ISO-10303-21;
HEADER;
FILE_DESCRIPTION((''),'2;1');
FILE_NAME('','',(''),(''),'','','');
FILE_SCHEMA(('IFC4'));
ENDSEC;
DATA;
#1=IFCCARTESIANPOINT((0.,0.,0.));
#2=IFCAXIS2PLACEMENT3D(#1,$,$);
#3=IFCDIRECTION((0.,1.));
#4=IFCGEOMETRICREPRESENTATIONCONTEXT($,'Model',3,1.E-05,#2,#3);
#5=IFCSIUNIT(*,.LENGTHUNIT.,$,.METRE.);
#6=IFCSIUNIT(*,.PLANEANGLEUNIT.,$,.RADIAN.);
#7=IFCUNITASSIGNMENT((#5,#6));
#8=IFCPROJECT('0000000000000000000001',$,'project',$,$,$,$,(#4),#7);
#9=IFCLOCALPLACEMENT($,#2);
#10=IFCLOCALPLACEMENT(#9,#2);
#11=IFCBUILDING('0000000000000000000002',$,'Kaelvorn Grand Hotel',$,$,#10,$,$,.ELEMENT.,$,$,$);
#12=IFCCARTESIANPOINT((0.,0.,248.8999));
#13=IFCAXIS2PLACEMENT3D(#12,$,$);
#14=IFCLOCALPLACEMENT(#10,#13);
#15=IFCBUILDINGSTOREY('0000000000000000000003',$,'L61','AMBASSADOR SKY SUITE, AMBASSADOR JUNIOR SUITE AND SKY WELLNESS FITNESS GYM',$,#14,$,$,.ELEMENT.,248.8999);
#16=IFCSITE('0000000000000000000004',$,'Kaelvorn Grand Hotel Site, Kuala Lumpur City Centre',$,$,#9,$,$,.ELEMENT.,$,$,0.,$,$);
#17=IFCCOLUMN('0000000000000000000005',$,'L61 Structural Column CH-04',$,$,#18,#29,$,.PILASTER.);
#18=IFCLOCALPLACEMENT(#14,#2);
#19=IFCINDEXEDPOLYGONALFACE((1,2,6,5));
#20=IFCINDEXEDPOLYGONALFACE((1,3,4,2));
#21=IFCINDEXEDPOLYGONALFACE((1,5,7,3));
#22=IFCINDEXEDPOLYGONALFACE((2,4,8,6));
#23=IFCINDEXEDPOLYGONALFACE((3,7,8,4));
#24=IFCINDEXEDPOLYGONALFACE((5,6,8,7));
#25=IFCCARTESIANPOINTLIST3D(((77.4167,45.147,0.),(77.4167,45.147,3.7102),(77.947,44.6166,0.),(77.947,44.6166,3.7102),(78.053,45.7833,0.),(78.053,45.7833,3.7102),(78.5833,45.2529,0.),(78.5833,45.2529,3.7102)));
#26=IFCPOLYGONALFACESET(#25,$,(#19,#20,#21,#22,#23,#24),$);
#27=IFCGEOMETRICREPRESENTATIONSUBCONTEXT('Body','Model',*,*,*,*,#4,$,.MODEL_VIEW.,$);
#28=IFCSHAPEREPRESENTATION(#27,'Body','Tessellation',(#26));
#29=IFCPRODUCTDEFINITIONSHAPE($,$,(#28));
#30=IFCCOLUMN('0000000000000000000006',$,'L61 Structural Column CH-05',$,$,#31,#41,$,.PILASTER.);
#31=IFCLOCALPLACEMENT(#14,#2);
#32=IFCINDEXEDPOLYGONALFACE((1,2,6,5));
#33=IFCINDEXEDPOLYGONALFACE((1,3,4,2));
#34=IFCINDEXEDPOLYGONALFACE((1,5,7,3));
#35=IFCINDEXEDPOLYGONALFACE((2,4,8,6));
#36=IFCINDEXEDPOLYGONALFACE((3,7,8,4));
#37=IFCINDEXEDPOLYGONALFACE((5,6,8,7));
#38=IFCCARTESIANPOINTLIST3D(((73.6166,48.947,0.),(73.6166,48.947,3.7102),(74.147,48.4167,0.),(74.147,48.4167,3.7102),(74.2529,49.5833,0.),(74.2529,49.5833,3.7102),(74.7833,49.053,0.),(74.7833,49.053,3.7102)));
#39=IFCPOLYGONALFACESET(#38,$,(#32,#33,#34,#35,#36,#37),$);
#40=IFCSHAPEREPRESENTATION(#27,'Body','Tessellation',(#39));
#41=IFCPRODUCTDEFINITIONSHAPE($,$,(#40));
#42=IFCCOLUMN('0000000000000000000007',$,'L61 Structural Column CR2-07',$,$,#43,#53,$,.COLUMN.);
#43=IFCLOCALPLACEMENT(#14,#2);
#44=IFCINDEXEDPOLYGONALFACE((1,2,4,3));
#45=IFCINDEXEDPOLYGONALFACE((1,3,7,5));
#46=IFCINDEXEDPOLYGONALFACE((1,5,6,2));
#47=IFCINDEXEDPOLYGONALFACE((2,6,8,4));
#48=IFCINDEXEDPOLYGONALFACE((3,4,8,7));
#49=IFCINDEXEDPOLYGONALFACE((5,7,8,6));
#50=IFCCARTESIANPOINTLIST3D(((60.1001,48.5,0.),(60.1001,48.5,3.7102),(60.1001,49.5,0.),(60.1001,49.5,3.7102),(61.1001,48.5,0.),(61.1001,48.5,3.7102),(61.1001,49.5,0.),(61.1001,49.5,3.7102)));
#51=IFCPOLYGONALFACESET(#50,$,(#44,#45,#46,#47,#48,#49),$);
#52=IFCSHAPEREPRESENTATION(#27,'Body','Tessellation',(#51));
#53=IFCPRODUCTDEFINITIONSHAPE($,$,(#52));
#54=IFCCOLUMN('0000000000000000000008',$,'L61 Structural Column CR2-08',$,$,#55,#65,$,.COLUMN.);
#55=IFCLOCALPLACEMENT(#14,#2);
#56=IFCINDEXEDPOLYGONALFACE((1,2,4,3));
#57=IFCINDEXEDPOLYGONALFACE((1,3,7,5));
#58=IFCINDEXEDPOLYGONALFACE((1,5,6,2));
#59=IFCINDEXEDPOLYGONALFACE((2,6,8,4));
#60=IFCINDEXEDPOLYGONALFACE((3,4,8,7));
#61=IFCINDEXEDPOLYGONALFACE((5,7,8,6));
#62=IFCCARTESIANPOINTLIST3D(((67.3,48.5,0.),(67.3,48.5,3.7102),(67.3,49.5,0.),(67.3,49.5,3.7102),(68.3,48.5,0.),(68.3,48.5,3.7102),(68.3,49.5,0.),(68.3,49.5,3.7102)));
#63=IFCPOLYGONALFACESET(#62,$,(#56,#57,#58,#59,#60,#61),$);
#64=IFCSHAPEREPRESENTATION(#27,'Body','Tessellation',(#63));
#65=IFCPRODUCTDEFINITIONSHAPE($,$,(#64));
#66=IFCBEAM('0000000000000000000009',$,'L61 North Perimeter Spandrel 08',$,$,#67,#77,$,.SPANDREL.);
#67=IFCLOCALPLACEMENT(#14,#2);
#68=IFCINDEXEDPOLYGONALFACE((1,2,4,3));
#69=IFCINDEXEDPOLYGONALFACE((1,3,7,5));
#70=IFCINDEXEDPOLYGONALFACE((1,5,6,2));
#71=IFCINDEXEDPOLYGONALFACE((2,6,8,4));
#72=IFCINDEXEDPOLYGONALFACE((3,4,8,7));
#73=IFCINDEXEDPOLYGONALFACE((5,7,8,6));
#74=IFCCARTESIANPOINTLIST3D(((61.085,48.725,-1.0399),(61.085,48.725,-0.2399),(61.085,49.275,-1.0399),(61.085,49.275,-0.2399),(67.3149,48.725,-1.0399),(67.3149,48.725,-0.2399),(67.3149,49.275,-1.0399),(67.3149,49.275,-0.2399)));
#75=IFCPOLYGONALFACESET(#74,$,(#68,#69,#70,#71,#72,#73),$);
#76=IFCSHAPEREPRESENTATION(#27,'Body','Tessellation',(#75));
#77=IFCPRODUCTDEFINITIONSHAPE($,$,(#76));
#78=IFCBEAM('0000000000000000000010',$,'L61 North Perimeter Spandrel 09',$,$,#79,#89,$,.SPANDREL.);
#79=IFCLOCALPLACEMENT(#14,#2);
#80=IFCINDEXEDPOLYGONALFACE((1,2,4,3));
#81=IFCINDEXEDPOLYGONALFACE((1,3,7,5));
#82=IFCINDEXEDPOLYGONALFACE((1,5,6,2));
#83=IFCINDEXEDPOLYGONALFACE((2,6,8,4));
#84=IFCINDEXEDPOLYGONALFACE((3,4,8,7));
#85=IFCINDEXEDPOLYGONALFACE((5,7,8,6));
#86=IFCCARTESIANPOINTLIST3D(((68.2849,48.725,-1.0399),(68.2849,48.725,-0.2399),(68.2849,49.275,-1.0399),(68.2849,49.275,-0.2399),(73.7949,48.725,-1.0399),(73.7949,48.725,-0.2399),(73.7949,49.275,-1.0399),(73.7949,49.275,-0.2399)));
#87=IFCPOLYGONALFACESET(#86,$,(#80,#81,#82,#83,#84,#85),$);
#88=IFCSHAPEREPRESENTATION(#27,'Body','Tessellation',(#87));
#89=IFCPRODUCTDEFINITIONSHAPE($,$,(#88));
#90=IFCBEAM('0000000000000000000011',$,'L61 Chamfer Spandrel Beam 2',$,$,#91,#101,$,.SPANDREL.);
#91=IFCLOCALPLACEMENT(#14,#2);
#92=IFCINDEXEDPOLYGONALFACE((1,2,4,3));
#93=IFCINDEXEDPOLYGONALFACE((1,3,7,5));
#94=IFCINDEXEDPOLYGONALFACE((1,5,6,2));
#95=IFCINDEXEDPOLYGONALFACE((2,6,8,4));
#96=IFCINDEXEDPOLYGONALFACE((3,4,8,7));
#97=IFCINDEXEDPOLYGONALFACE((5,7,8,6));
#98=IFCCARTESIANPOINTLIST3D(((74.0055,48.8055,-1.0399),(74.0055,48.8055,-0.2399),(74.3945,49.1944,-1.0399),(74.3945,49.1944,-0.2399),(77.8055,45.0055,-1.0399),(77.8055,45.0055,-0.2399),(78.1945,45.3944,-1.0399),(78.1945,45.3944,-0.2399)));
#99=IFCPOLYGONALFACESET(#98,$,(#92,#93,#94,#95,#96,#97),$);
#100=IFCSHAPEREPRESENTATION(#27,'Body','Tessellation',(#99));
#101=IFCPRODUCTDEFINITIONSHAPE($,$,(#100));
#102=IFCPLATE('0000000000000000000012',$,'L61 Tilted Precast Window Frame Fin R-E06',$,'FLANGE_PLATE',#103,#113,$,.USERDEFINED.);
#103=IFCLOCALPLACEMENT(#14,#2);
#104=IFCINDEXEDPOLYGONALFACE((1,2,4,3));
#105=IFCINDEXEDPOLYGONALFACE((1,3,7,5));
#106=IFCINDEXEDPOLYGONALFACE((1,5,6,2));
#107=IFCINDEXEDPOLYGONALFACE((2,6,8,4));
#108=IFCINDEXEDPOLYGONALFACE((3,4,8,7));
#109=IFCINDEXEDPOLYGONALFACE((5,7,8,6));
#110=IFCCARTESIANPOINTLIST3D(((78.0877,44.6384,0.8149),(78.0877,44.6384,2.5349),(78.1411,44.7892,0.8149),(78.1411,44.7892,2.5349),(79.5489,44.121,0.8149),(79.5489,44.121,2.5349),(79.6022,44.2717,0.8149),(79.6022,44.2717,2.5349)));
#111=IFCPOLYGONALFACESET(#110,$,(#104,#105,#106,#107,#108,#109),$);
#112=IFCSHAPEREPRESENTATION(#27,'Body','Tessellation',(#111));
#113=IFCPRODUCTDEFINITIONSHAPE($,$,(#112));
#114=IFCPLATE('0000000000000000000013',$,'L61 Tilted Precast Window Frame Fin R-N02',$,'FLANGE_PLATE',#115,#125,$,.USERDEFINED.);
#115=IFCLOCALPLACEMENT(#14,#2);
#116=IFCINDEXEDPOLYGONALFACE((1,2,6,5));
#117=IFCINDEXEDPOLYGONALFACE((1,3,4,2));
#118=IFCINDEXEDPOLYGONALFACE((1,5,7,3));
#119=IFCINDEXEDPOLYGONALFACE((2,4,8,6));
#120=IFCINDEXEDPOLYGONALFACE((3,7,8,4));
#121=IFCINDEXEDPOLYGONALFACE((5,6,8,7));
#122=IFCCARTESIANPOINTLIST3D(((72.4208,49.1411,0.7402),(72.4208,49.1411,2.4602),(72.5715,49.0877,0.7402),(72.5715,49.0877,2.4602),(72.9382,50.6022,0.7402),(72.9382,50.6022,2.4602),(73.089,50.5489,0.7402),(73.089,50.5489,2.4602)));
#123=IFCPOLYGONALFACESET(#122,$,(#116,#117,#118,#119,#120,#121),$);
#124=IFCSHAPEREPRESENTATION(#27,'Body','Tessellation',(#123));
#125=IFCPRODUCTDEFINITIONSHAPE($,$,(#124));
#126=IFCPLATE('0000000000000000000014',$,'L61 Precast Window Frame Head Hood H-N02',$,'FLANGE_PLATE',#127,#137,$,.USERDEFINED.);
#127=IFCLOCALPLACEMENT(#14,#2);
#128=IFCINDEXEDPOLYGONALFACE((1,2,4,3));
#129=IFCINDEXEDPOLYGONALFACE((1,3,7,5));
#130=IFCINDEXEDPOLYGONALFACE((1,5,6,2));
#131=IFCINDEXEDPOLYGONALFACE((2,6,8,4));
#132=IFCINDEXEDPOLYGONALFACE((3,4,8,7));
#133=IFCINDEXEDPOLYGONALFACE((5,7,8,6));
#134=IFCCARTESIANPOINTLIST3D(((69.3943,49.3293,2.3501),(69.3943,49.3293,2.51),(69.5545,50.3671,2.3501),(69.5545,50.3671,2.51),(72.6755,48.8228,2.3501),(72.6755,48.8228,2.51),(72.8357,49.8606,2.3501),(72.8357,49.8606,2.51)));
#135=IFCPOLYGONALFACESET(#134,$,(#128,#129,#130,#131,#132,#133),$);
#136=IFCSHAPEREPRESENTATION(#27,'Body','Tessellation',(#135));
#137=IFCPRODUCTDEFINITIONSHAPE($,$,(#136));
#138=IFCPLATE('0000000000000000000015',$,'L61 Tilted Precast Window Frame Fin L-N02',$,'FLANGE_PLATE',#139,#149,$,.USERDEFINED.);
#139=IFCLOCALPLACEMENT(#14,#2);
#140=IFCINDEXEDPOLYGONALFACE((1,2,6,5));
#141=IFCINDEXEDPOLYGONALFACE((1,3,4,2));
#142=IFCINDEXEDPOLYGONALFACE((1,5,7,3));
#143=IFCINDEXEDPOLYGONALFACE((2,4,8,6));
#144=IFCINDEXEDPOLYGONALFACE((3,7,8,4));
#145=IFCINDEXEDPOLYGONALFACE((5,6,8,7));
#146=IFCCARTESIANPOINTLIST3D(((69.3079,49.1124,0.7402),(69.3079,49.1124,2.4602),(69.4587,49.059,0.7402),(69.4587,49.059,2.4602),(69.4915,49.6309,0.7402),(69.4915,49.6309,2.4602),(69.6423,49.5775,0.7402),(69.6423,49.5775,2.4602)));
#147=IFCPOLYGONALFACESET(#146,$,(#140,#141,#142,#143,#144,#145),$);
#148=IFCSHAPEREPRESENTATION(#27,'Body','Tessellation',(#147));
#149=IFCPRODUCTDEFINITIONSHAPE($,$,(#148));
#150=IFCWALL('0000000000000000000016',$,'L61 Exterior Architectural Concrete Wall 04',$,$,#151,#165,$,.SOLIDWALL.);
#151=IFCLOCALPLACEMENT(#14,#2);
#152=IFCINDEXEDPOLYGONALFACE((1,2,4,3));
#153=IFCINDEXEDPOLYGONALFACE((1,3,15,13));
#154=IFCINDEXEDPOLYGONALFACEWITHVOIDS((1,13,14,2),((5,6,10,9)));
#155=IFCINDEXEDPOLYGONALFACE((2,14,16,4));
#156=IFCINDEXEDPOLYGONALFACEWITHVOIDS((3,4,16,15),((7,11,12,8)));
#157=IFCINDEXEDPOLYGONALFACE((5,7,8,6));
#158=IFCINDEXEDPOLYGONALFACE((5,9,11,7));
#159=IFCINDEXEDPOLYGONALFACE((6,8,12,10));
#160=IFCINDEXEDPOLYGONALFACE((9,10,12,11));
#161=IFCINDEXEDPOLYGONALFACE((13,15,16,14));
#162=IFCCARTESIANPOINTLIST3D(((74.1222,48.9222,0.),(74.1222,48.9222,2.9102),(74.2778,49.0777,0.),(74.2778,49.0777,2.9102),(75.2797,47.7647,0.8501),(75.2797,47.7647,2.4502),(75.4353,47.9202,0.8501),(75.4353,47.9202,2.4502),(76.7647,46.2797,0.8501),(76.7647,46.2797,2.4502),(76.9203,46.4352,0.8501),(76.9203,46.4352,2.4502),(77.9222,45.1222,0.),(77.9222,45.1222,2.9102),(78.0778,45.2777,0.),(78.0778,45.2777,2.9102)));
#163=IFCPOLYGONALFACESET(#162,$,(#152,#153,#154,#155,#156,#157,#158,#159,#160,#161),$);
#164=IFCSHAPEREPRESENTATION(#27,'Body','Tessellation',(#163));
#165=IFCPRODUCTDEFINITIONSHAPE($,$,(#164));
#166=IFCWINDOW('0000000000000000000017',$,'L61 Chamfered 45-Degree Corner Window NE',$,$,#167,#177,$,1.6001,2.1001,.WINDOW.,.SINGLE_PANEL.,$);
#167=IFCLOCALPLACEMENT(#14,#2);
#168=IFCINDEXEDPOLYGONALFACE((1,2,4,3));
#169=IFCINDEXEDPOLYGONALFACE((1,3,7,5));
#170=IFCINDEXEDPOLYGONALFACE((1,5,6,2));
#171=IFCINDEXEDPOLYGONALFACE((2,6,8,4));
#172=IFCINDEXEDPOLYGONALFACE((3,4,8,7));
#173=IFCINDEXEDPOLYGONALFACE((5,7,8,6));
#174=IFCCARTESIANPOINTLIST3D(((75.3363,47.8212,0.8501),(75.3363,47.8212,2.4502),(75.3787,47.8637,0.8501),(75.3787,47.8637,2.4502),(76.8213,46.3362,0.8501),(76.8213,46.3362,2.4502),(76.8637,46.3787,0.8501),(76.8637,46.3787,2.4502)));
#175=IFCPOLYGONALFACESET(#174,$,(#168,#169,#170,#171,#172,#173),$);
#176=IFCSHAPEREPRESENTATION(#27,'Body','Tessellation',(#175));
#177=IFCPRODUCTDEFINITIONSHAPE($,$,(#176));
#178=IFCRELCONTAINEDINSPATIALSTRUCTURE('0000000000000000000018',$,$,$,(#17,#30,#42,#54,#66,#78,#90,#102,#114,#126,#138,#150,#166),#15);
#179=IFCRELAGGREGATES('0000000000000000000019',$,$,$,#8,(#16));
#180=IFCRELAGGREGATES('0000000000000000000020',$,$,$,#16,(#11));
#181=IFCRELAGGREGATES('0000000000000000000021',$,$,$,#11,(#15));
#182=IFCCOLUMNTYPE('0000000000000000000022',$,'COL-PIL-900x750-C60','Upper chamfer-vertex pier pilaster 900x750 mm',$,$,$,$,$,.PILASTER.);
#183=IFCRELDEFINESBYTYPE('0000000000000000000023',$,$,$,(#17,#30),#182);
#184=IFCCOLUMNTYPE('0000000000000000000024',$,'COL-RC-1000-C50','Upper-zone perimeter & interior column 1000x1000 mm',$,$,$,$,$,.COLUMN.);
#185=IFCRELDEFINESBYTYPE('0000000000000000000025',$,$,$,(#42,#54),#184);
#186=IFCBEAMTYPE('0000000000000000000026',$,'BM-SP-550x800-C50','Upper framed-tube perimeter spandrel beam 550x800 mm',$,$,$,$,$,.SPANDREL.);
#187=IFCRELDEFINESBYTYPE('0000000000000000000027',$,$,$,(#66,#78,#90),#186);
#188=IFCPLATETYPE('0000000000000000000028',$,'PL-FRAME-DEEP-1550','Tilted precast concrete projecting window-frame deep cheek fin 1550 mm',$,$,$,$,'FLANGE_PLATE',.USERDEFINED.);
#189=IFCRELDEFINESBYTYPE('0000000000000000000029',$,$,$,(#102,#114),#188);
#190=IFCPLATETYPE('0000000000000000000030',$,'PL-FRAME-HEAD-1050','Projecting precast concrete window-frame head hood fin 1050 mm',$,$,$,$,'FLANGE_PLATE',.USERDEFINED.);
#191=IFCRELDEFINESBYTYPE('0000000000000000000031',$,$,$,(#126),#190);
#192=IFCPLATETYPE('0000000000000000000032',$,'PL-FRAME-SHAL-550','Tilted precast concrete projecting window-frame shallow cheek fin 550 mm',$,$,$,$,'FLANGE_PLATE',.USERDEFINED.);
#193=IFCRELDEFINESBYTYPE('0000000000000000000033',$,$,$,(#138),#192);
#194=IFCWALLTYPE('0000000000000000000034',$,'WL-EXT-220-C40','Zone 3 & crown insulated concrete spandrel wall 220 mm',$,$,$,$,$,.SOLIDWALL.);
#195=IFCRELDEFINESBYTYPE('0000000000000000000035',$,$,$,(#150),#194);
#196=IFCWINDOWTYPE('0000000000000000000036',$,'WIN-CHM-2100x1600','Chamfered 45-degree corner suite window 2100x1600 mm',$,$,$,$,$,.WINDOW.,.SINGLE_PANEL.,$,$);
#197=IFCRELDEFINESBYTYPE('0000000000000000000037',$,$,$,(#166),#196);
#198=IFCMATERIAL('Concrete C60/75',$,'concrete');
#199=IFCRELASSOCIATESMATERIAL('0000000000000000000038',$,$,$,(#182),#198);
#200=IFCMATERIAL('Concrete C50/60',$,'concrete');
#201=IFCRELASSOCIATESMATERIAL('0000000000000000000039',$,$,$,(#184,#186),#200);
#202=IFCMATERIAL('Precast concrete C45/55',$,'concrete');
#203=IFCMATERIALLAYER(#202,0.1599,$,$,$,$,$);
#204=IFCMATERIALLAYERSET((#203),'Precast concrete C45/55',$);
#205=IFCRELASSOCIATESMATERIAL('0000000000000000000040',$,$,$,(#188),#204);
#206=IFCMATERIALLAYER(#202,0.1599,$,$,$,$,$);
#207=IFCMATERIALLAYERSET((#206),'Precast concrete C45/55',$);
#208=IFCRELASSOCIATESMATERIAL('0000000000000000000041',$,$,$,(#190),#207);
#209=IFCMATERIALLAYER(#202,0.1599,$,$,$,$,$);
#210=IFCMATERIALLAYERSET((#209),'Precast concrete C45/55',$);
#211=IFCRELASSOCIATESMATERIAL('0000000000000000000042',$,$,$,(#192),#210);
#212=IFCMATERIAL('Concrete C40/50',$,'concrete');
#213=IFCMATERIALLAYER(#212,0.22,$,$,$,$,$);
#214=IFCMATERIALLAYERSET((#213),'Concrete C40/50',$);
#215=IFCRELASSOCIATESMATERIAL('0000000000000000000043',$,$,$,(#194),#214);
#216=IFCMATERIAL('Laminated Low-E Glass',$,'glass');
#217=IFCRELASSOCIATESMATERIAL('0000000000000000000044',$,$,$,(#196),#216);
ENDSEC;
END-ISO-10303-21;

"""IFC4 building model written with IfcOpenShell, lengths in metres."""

from ifc_helpers import new_model, si_unit, direction, frame, frame_2d, origin, origin_2d, place, context, subcontext, project, spatial, rectangle, extrude, material, layer, layer_set, material_profile, profile_set, type_object, element, fill, save


model = new_model("IFC4")

# Units and contexts
model_context = context("Model", 3, precision=1e-05, world=origin(), true_north=direction((0.0, 1.0)))
body_context = subcontext(model_context, "Body", "Model", "MODEL_VIEW")
ifc_project = project(units=[si_unit("LENGTHUNIT", "METRE"), si_unit("PLANEANGLEUNIT", "RADIAN")], contexts=[model_context])

# Site, building, storey
site_placement = place(None, origin())
site = spatial("IfcSite", under=ifc_project, at=site_placement, Name="Kaelvorn Grand Hotel Site, Kuala Lumpur City Centre", CompositionType="ELEMENT", RefElevation=0.0)
building_placement = place(site_placement, origin())
building = spatial("IfcBuilding", under=site, at=building_placement, Name="Kaelvorn Grand Hotel", CompositionType="ELEMENT")
storey_placement = place(building_placement, frame((0.0, 0.0, 248.8999)))
storey = spatial("IfcBuildingStorey", under=building, at=storey_placement, Name="L61", Description="AMBASSADOR SKY SUITE, AMBASSADOR JUNIOR SUITE AND SKY WELLNESS FITNESS GYM", CompositionType="ELEMENT", Elevation=248.8999)

# Columns
ifc_material_1 = material(Name="Concrete C60/75", Category="concrete")
ifc_material_profile_1 = material_profile(ifc_material_1, rectangle(XDim=0.8999, YDim=0.75, at=origin_2d()), Name="RC PILASTER 900x750")
ifc_profile_set_1 = profile_set([ifc_material_profile_1], Name="Concrete C60/75")
column_type_1 = type_object("IfcColumnType", Name="COL-PIL-900x750-C60", Description="Upper chamfer-vertex pier pilaster 900x750 mm", PredefinedType="PILASTER", material=ifc_profile_set_1)
for number, where, z_axis, x_axis, name in (
    (1, (78.0, 45.2, 0.0), (0.0, 0.0, 1.0), (0.707107, 0.707107, 0.0), "L61 Structural Column CH-04"),
    (2, (74.2, 49.0, 0.0), (0.0, 0.0, 1.0), (0.707107, 0.707107, 0.0), "L61 Structural Column CH-05"),
):
    element("IfcColumn", number, at=place(storey_placement, frame(where, z_axis=z_axis, x_axis=x_axis)), inside=storey, type_object=column_type_1, Name=name, PredefinedType="PILASTER", context=body_context, shape_type="SweptSolid", body=[
        extrude(rectangle(XDim=0.8999, YDim=0.75, at=origin_2d()), origin(), (0.0, 0.0, 1.0), 3.7102),
    ])
ifc_material_2 = material(Name="Concrete C50/60", Category="concrete")
ifc_material_profile_2 = material_profile(ifc_material_2, rectangle(XDim=1.0, YDim=1.0, at=origin_2d()), Name="RC COL 1000x1000")
ifc_profile_set_2 = profile_set([ifc_material_profile_2], Name="Concrete C50/60")
column_type_2 = type_object("IfcColumnType", Name="COL-RC-1000-C50", Description="Upper-zone perimeter & interior column 1000x1000 mm", PredefinedType="COLUMN", material=ifc_profile_set_2)
for number, where, z_axis, x_axis, name in (
    (3, (60.6001, 49.0, 0.0), (0.0, 0.0, 1.0), (1.0, 0.0, 0.0), "L61 Structural Column CR2-07"),
    (4, (67.8, 49.0, 0.0), (0.0, 0.0, 1.0), (1.0, 0.0, 0.0), "L61 Structural Column CR2-08"),
):
    element("IfcColumn", number, at=place(storey_placement, frame(where, z_axis=z_axis, x_axis=x_axis)), inside=storey, type_object=column_type_2, Name=name, PredefinedType="COLUMN", context=body_context, shape_type="SweptSolid", body=[
        extrude(rectangle(XDim=1.0, YDim=1.0, at=origin_2d()), origin(), (0.0, 0.0, 1.0), 3.7102),
    ])

# Beams
ifc_material_profile_3 = material_profile(ifc_material_2, rectangle(XDim=0.55, YDim=0.8, at=origin_2d()), Name="RC SPANDREL 550x800")
ifc_profile_set_3 = profile_set([ifc_material_profile_3], Name="Concrete C50/60")
beam_type = type_object("IfcBeamType", Name="BM-SP-550x800-C50", Description="Upper framed-tube perimeter spandrel beam 550x800 mm", PredefinedType="SPANDREL", material=ifc_profile_set_3)
beam_1_placement = place(storey_placement, frame((61.085, 49.0, -0.6399), z_axis=(1.0, 0.0, 0.0), x_axis=(0.0, 1.0, 0.0)))
element("IfcBeam", 5, at=beam_1_placement, inside=storey, type_object=beam_type, Name="L61 North Perimeter Spandrel 08", PredefinedType="SPANDREL", context=body_context, shape_type="SweptSolid", body=[
    extrude(rectangle(XDim=0.55, YDim=0.8, at=origin_2d()), origin(), (0.0, 0.0, 1.0), 6.23),
])
beam_2_placement = place(storey_placement, frame((68.2849, 49.0, -0.6399), z_axis=(1.0, 0.0, 0.0), x_axis=(0.0, 1.0, 0.0)))
element("IfcBeam", 6, at=beam_2_placement, inside=storey, type_object=beam_type, Name="L61 North Perimeter Spandrel 09", PredefinedType="SPANDREL", context=body_context, shape_type="SweptSolid", body=[
    extrude(rectangle(XDim=0.55, YDim=0.8, at=origin_2d()), origin(), (0.0, 0.0, 1.0), 5.51),
])
beam_3_placement = place(storey_placement, frame((78.0, 45.2, -0.6399), z_axis=(-0.707107, 0.707107, 0.0), x_axis=(-0.707107, -0.707107, 0.0)))
element("IfcBeam", 7, at=beam_3_placement, inside=storey, type_object=beam_type, Name="L61 Chamfer Spandrel Beam 2", PredefinedType="SPANDREL", context=body_context, shape_type="SweptSolid", body=[
    extrude(rectangle(XDim=0.55, YDim=0.8, at=origin_2d()), origin(), (0.0, 0.0, 1.0), 5.374),
])

# Plates
ifc_material_3 = material(Name="Precast concrete C45/55", Category="concrete")
ifc_layer_1 = layer(ifc_material_3, 0.1599)
ifc_layer_set_1 = layer_set([ifc_layer_1], Name="Precast concrete C45/55")
plate_type_1 = type_object("IfcPlateType", Name="PL-FRAME-DEEP-1550", Description="Tilted precast concrete projecting window-frame deep cheek fin 1550 mm", ElementType="FLANGE_PLATE", PredefinedType="USERDEFINED", material=ifc_layer_set_1)
for number, where, z_axis, x_axis, name in (
    (8, (78.845, 44.4551, 0.8149), (0.0, 0.0, 1.0), (0.333807, 0.942641, 0.0), "L61 Tilted Precast Window Frame Fin R-E06"),
    (9, (72.7549, 49.845, 0.7402), (0.0, 0.0, 1.0), (0.942641, -0.333807, 0.0), "L61 Tilted Precast Window Frame Fin R-N02"),
):
    element("IfcPlate", number, at=place(storey_placement, frame(where, z_axis=z_axis, x_axis=x_axis)), inside=storey, type_object=plate_type_1, Name=name, ObjectType="FLANGE_PLATE", PredefinedType="USERDEFINED", context=body_context, shape_type="SweptSolid", body=[
        extrude(rectangle(XDim=0.1599, YDim=1.55, at=origin_2d()), origin(), (0.0, 0.0, 1.0), 1.72),
    ])
ifc_layer_2 = layer(ifc_material_3, 0.1599)
ifc_layer_set_2 = layer_set([ifc_layer_2], Name="Precast concrete C45/55")
plate_type_2 = type_object("IfcPlateType", Name="PL-FRAME-HEAD-1050", Description="Projecting precast concrete window-frame head hood fin 1050 mm", ElementType="FLANGE_PLATE", PredefinedType="USERDEFINED", material=ifc_layer_set_2)
plate_1_placement = place(storey_placement, frame((71.115, 49.595, 2.3501), z_axis=(0.0, 0.0, 1.0), x_axis=(0.988295, -0.152555, 0.0)))
element("IfcPlate", 10, at=plate_1_placement, inside=storey, type_object=plate_type_2, Name="L61 Precast Window Frame Head Hood H-N02", ObjectType="FLANGE_PLATE", PredefinedType="USERDEFINED", context=body_context, shape_type="SweptSolid", body=[
    extrude(rectangle(XDim=3.3201, YDim=1.05, at=origin_2d()), origin(), (0.0, 0.0, 1.0), 0.1599),
])
ifc_layer_3 = layer(ifc_material_3, 0.1599)
ifc_layer_set_3 = layer_set([ifc_layer_3], Name="Precast concrete C45/55")
plate_type_3 = type_object("IfcPlateType", Name="PL-FRAME-SHAL-550", Description="Tilted precast concrete projecting window-frame shallow cheek fin 550 mm", ElementType="FLANGE_PLATE", PredefinedType="USERDEFINED", material=ifc_layer_set_3)
plate_2_placement = place(storey_placement, frame((69.4751, 49.345, 0.7402), z_axis=(0.0, 0.0, 1.0), x_axis=(0.942641, -0.333807, 0.0)))
element("IfcPlate", 11, at=plate_2_placement, inside=storey, type_object=plate_type_3, Name="L61 Tilted Precast Window Frame Fin L-N02", ObjectType="FLANGE_PLATE", PredefinedType="USERDEFINED", context=body_context, shape_type="SweptSolid", body=[
    extrude(rectangle(XDim=0.1599, YDim=0.55, at=origin_2d()), origin(), (0.0, 0.0, 1.0), 1.72),
])

# Wall, opening, window
ifc_material_4 = material(Name="Concrete C40/50", Category="concrete")
ifc_layer_4 = layer(ifc_material_4, 0.22)
ifc_layer_set_4 = layer_set([ifc_layer_4], Name="Concrete C40/50")
wall_type_1 = type_object("IfcWallType", Name="WL-EXT-220-C40", Description="Zone 3 & crown insulated concrete spandrel wall 220 mm", PredefinedType="SOLIDWALL", material=ifc_layer_set_4)
wall_1_placement = place(storey_placement, frame((78.0, 45.2, 0.0), z_axis=(0.0, 0.0, 1.0), x_axis=(-0.707107, 0.707107, 0.0)))
wall_1 = element("IfcWall", 12, at=wall_1_placement, inside=storey, type_object=wall_type_1, Name="L61 Exterior Architectural Concrete Wall 04", PredefinedType="SOLIDWALL", context=body_context, shape_type="SweptSolid", body=[
    extrude(rectangle(XDim=5.374, YDim=0.22, at=frame_2d((2.687, 0.0))), origin(), (0.0, 0.0, 1.0), 2.9102),
])
opening_1_placement = place(wall_1_placement, frame((1.637, 0.0, 0.8501)))
opening_1 = element("IfcOpeningElement", 13, at=opening_1_placement, cuts=wall_1, PredefinedType="OPENING", context=body_context, shape_type="SweptSolid", body=[
    extrude(rectangle(XDim=2.1001, YDim=1.6001, at=frame_2d((1.05, 0.8))), frame((0.0, 0.1201, 0.0), z_axis=(0.0, -1.0, 0.0), x_axis=(1.0, 0.0, 0.0)), (0.0, 0.0, 1.0), 0.24),
])
ifc_material_5 = material(Name="Laminated Low-E Glass", Category="glass")
window_type_1 = type_object("IfcWindowType", Name="WIN-CHM-2100x1600", Description="Chamfered 45-degree corner suite window 2100x1600 mm", PartitioningType="SINGLE_PANEL", PredefinedType="WINDOW", material=ifc_material_5)
window_1_placement = place(opening_1_placement, origin())
window_1 = element("IfcWindow", 14, at=window_1_placement, inside=storey, type_object=window_type_1, Name="L61 Chamfered 45-Degree Corner Window NE", OverallHeight=1.6001, OverallWidth=2.1001, PartitioningType="SINGLE_PANEL", PredefinedType="WINDOW", context=body_context, shape_type="SweptSolid", body=[
    extrude(rectangle(XDim=2.1001, YDim=1.6001, at=frame_2d((1.05, 0.8))), frame((0.0, 0.03, 0.0), z_axis=(0.0, -1.0, 0.0), x_axis=(1.0, 0.0, 0.0)), (0.0, 0.0, 1.0), 0.0601),
])
fill(opening_1, window_1)

save(model, "model.ifc")
